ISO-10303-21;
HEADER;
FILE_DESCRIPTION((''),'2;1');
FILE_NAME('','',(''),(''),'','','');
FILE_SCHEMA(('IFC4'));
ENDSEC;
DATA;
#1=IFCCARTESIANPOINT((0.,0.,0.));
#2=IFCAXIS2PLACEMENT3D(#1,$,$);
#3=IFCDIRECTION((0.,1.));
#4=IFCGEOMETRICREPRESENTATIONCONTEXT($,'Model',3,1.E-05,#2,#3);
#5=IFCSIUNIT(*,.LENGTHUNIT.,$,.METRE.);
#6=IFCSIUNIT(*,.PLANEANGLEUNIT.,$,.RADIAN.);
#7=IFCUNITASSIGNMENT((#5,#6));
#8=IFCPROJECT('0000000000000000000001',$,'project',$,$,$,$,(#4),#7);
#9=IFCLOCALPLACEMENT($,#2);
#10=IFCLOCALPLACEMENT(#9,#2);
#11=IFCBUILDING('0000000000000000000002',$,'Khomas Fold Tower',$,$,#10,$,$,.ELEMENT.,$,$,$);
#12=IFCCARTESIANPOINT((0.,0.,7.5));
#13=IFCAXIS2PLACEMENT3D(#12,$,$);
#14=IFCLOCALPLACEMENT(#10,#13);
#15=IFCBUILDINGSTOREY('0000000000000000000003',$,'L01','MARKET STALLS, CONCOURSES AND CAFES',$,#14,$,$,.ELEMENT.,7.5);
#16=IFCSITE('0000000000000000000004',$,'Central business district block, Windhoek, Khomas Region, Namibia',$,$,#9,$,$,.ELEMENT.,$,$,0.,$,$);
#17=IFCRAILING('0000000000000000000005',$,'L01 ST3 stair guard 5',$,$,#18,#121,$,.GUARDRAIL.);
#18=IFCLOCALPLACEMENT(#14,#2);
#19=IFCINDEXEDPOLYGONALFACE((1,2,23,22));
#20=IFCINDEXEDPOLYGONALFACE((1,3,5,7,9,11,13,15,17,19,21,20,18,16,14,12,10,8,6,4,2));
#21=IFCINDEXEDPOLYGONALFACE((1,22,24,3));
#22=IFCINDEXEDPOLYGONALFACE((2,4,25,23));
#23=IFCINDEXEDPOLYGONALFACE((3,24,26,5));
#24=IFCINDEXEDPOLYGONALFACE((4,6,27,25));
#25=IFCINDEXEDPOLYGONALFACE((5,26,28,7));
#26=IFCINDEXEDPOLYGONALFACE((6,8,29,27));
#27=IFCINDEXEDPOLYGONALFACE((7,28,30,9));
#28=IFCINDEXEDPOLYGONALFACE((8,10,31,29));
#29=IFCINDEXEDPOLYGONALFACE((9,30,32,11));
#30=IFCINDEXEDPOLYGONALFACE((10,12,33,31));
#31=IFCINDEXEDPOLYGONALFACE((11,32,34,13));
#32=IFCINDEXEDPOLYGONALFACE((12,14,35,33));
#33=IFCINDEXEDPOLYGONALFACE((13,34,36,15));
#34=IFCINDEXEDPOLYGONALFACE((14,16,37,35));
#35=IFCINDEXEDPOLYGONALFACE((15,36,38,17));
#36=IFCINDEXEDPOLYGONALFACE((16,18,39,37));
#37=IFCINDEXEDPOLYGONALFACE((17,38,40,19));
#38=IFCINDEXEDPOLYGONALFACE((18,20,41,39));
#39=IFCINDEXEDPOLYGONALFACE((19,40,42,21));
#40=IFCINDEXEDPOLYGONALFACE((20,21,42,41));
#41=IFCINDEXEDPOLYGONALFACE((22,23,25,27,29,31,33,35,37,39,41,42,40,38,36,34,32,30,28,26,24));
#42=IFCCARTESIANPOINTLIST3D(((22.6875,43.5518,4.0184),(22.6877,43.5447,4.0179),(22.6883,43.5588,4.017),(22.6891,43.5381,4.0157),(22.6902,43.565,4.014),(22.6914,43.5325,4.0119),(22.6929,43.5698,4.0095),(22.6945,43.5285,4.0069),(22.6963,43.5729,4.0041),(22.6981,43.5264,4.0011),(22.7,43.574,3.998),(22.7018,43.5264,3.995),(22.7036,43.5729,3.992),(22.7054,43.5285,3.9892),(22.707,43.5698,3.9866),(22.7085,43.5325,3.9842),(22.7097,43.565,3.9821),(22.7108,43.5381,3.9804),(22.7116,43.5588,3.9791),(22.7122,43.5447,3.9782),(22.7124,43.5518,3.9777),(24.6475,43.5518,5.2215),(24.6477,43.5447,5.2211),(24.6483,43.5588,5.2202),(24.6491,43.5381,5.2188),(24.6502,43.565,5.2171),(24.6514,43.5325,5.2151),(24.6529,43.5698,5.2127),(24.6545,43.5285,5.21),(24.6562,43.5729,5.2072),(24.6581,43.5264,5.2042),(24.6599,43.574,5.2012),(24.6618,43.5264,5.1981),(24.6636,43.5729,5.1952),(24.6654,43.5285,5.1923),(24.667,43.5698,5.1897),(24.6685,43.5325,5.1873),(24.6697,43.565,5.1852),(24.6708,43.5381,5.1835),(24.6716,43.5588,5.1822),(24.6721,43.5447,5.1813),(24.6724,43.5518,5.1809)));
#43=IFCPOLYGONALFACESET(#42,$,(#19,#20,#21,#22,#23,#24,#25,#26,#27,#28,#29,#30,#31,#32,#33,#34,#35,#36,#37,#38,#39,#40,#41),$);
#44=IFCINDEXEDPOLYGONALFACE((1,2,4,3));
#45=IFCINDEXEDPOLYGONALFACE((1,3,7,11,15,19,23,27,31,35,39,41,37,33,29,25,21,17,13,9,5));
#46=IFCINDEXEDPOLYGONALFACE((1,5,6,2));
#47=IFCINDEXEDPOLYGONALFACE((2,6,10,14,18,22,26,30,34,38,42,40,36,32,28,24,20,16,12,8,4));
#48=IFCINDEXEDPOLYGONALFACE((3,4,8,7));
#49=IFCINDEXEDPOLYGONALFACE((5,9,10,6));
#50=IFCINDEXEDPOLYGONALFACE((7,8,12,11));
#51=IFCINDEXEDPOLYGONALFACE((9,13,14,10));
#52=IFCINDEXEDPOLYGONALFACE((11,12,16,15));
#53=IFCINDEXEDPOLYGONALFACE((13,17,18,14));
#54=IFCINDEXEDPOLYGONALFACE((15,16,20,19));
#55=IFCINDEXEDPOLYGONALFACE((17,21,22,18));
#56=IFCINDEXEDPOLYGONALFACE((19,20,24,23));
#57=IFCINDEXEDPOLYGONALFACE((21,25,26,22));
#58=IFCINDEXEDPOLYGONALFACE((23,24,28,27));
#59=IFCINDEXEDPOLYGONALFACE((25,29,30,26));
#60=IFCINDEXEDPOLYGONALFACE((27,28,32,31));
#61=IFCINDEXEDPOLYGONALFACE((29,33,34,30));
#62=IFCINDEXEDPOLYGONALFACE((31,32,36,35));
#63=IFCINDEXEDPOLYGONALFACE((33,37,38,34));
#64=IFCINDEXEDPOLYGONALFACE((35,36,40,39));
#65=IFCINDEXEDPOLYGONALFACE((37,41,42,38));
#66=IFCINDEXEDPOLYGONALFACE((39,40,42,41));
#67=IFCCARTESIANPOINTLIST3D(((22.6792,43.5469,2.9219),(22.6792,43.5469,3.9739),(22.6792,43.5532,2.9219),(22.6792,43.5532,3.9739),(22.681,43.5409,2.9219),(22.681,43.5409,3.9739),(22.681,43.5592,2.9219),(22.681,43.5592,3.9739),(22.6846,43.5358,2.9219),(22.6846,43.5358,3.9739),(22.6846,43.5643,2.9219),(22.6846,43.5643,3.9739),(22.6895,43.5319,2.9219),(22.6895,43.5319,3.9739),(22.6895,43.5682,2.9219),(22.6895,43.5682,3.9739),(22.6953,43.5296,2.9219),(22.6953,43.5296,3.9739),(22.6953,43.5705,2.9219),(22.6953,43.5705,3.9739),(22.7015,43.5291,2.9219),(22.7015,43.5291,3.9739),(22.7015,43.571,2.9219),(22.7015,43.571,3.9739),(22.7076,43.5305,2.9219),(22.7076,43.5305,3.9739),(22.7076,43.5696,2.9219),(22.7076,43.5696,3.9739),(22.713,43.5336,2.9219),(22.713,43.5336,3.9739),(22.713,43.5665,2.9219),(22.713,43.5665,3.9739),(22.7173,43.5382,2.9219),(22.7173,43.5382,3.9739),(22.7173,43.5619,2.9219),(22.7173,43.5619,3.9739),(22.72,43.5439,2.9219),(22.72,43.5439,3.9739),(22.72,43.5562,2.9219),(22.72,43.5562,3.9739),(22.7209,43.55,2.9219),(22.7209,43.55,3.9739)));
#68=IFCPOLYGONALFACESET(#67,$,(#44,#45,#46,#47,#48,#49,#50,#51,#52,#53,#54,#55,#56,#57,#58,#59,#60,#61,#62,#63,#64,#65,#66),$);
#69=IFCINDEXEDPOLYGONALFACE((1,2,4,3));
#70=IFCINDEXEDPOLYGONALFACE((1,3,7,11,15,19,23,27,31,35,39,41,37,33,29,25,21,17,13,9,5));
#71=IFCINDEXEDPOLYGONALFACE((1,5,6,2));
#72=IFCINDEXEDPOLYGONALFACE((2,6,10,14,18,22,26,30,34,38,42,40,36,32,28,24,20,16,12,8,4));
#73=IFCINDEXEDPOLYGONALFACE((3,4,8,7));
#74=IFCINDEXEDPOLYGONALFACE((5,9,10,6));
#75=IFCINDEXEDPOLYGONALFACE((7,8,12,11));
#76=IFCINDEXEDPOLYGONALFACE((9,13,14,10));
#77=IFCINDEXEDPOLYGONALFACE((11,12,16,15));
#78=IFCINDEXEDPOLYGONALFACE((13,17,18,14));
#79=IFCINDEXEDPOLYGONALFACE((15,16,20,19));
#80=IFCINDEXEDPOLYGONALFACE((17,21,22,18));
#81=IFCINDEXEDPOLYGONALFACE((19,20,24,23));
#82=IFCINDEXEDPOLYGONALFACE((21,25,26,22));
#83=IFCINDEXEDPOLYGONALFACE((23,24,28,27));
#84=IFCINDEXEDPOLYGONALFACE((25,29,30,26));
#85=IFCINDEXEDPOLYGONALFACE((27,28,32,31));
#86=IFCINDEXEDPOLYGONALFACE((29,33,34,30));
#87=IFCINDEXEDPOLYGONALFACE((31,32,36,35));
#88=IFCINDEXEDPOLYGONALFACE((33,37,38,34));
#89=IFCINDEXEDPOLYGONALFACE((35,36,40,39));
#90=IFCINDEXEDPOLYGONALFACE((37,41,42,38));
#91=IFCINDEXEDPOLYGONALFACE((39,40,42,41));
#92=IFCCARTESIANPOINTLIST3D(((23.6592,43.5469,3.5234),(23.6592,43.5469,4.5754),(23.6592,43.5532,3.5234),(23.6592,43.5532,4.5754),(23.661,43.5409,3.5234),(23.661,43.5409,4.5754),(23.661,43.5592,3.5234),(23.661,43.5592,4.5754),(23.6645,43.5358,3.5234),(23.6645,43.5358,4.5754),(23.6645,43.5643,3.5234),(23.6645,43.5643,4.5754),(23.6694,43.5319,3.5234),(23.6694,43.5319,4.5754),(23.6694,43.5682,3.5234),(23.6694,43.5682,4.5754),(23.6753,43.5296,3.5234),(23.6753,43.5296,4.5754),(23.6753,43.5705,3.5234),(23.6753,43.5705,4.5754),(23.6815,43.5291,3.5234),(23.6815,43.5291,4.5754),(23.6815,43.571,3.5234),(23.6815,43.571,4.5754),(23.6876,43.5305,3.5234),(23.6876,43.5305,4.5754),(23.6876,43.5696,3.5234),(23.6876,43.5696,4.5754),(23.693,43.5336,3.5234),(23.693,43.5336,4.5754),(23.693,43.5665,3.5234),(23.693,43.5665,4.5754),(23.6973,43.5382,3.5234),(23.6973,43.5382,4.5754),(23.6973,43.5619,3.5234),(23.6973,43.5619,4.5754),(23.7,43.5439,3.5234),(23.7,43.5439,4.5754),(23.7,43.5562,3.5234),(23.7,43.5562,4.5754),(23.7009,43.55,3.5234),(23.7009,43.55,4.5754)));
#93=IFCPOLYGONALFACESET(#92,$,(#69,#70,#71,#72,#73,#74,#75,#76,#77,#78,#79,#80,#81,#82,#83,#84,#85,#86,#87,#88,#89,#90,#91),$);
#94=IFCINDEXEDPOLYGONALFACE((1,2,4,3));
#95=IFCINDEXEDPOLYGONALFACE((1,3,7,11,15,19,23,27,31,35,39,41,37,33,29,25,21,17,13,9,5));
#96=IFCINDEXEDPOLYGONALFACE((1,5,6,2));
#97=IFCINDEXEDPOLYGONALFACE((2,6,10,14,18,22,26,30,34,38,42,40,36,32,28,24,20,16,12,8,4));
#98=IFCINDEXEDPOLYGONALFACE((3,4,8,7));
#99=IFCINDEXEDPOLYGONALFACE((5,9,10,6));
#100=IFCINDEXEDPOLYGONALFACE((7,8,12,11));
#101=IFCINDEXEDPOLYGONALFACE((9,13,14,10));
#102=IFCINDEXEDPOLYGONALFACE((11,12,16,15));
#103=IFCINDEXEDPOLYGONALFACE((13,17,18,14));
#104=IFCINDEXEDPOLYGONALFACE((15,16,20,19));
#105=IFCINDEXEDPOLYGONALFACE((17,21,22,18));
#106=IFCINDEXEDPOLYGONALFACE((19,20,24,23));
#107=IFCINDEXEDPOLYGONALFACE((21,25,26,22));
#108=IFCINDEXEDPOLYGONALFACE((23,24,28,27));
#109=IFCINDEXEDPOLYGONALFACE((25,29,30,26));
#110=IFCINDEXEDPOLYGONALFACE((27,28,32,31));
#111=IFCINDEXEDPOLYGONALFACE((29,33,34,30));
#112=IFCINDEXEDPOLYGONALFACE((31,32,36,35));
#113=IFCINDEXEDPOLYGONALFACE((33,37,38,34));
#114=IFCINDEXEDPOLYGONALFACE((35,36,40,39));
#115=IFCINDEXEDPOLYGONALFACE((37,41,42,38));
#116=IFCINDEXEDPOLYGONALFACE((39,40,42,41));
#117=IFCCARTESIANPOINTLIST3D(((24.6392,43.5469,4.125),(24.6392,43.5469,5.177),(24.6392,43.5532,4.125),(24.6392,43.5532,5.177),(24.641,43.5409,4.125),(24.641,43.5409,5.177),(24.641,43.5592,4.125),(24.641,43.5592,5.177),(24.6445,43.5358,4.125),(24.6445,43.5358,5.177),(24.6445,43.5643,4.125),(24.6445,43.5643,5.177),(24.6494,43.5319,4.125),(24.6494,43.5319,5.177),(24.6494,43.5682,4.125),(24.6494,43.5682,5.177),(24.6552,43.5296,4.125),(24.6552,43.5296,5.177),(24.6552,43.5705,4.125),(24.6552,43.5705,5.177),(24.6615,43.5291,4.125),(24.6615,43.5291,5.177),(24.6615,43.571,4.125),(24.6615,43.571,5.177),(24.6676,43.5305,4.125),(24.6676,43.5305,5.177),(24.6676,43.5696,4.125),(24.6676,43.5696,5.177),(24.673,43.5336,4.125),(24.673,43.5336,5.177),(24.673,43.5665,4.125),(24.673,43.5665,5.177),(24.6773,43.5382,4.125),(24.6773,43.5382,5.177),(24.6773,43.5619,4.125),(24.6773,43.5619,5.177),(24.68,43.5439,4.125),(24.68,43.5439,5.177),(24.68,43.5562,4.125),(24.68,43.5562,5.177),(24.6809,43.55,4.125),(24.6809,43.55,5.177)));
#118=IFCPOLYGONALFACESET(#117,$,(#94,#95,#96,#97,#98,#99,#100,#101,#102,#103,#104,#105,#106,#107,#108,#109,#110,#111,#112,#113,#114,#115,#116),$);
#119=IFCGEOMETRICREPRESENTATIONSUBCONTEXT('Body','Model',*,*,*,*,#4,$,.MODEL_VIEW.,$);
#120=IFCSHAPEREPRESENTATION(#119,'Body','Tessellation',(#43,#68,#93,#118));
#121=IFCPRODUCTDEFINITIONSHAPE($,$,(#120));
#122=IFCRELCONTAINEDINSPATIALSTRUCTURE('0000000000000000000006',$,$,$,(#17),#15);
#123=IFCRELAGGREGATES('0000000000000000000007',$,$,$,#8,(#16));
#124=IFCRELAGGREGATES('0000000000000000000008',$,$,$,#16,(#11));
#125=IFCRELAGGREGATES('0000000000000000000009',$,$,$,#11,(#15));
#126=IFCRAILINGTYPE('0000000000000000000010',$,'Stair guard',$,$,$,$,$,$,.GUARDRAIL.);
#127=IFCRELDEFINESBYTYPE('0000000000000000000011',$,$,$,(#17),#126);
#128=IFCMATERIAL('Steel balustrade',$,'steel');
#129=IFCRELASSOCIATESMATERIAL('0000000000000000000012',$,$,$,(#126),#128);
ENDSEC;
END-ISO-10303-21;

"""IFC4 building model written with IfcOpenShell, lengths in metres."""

from ifc_helpers import new_model, si_unit, direction, frame, origin, origin_2d, place, context, subcontext, project, spatial, circle, extrude, source, transform, mapped, material, type_object, element, save


model = new_model("IFC4")

# Units and contexts
model_context = context("Model", 3, precision=1e-05, world=origin(), true_north=direction((0.0, 1.0)))
body_context = subcontext(model_context, "Body", "Model", "MODEL_VIEW")
ifc_project = project(units=[si_unit("LENGTHUNIT", "METRE"), si_unit("PLANEANGLEUNIT", "RADIAN")], contexts=[model_context])

# Site, building, storey
site_placement = place(None, origin())
site = spatial("IfcSite", under=ifc_project, at=site_placement, Name="Central business district block, Windhoek, Khomas Region, Namibia", CompositionType="ELEMENT", RefElevation=0.0)
building_placement = place(site_placement, origin())
building = spatial("IfcBuilding", under=site, at=building_placement, Name="Khomas Fold Tower", CompositionType="ELEMENT")
storey_placement = place(building_placement, frame((0.0, 0.0, 7.5)))
storey = spatial("IfcBuildingStorey", under=building, at=storey_placement, Name="L01", Description="MARKET STALLS, CONCOURSES AND CAFES", CompositionType="ELEMENT", Elevation=7.5)

# Railing
ifc_material_1 = material(Name="Steel balustrade", Category="steel")
railing_type_1 = type_object("IfcRailingType", Name="Stair guard", PredefinedType="GUARDRAIL", material=ifc_material_1)
shared_shape_1 = source(origin(), body_context, "Body", "SweptSolid", [
    extrude(circle(Radius=0.0239, at=origin_2d()), frame((0.0, 0.0, 1.0762), z_axis=(0.852241, 0.0, 0.523149), x_axis=(0.0, 1.0, 0.0)), (0.0, 0.0, 1.0), 2.2998),
    extrude(circle(Radius=0.021, at=origin_2d()), origin(), (0.0, 0.0, 1.0), 1.052),
    extrude(circle(Radius=0.021, at=origin_2d()), frame((0.98, 0.0, 0.6016)), (0.0, 0.0, 1.0), 1.052),
    extrude(circle(Radius=0.021, at=origin_2d()), frame((1.96, 0.0, 1.2031)), (0.0, 0.0, 1.0), 1.052),
])
for number, where, name in (
    (1, (22.7, 43.55, 2.9219), "L01 ST3 stair guard 5"),
):
    element("IfcRailing", number, at=place(storey_placement, frame(where)), inside=storey, type_object=railing_type_1, Name=name, PredefinedType="GUARDRAIL", context=body_context, shape_type="MappedRepresentation", body=[
        mapped(shared_shape_1, transform((0.0, 0.0, 0.0))),
    ])

save(model, "model.ifc")
